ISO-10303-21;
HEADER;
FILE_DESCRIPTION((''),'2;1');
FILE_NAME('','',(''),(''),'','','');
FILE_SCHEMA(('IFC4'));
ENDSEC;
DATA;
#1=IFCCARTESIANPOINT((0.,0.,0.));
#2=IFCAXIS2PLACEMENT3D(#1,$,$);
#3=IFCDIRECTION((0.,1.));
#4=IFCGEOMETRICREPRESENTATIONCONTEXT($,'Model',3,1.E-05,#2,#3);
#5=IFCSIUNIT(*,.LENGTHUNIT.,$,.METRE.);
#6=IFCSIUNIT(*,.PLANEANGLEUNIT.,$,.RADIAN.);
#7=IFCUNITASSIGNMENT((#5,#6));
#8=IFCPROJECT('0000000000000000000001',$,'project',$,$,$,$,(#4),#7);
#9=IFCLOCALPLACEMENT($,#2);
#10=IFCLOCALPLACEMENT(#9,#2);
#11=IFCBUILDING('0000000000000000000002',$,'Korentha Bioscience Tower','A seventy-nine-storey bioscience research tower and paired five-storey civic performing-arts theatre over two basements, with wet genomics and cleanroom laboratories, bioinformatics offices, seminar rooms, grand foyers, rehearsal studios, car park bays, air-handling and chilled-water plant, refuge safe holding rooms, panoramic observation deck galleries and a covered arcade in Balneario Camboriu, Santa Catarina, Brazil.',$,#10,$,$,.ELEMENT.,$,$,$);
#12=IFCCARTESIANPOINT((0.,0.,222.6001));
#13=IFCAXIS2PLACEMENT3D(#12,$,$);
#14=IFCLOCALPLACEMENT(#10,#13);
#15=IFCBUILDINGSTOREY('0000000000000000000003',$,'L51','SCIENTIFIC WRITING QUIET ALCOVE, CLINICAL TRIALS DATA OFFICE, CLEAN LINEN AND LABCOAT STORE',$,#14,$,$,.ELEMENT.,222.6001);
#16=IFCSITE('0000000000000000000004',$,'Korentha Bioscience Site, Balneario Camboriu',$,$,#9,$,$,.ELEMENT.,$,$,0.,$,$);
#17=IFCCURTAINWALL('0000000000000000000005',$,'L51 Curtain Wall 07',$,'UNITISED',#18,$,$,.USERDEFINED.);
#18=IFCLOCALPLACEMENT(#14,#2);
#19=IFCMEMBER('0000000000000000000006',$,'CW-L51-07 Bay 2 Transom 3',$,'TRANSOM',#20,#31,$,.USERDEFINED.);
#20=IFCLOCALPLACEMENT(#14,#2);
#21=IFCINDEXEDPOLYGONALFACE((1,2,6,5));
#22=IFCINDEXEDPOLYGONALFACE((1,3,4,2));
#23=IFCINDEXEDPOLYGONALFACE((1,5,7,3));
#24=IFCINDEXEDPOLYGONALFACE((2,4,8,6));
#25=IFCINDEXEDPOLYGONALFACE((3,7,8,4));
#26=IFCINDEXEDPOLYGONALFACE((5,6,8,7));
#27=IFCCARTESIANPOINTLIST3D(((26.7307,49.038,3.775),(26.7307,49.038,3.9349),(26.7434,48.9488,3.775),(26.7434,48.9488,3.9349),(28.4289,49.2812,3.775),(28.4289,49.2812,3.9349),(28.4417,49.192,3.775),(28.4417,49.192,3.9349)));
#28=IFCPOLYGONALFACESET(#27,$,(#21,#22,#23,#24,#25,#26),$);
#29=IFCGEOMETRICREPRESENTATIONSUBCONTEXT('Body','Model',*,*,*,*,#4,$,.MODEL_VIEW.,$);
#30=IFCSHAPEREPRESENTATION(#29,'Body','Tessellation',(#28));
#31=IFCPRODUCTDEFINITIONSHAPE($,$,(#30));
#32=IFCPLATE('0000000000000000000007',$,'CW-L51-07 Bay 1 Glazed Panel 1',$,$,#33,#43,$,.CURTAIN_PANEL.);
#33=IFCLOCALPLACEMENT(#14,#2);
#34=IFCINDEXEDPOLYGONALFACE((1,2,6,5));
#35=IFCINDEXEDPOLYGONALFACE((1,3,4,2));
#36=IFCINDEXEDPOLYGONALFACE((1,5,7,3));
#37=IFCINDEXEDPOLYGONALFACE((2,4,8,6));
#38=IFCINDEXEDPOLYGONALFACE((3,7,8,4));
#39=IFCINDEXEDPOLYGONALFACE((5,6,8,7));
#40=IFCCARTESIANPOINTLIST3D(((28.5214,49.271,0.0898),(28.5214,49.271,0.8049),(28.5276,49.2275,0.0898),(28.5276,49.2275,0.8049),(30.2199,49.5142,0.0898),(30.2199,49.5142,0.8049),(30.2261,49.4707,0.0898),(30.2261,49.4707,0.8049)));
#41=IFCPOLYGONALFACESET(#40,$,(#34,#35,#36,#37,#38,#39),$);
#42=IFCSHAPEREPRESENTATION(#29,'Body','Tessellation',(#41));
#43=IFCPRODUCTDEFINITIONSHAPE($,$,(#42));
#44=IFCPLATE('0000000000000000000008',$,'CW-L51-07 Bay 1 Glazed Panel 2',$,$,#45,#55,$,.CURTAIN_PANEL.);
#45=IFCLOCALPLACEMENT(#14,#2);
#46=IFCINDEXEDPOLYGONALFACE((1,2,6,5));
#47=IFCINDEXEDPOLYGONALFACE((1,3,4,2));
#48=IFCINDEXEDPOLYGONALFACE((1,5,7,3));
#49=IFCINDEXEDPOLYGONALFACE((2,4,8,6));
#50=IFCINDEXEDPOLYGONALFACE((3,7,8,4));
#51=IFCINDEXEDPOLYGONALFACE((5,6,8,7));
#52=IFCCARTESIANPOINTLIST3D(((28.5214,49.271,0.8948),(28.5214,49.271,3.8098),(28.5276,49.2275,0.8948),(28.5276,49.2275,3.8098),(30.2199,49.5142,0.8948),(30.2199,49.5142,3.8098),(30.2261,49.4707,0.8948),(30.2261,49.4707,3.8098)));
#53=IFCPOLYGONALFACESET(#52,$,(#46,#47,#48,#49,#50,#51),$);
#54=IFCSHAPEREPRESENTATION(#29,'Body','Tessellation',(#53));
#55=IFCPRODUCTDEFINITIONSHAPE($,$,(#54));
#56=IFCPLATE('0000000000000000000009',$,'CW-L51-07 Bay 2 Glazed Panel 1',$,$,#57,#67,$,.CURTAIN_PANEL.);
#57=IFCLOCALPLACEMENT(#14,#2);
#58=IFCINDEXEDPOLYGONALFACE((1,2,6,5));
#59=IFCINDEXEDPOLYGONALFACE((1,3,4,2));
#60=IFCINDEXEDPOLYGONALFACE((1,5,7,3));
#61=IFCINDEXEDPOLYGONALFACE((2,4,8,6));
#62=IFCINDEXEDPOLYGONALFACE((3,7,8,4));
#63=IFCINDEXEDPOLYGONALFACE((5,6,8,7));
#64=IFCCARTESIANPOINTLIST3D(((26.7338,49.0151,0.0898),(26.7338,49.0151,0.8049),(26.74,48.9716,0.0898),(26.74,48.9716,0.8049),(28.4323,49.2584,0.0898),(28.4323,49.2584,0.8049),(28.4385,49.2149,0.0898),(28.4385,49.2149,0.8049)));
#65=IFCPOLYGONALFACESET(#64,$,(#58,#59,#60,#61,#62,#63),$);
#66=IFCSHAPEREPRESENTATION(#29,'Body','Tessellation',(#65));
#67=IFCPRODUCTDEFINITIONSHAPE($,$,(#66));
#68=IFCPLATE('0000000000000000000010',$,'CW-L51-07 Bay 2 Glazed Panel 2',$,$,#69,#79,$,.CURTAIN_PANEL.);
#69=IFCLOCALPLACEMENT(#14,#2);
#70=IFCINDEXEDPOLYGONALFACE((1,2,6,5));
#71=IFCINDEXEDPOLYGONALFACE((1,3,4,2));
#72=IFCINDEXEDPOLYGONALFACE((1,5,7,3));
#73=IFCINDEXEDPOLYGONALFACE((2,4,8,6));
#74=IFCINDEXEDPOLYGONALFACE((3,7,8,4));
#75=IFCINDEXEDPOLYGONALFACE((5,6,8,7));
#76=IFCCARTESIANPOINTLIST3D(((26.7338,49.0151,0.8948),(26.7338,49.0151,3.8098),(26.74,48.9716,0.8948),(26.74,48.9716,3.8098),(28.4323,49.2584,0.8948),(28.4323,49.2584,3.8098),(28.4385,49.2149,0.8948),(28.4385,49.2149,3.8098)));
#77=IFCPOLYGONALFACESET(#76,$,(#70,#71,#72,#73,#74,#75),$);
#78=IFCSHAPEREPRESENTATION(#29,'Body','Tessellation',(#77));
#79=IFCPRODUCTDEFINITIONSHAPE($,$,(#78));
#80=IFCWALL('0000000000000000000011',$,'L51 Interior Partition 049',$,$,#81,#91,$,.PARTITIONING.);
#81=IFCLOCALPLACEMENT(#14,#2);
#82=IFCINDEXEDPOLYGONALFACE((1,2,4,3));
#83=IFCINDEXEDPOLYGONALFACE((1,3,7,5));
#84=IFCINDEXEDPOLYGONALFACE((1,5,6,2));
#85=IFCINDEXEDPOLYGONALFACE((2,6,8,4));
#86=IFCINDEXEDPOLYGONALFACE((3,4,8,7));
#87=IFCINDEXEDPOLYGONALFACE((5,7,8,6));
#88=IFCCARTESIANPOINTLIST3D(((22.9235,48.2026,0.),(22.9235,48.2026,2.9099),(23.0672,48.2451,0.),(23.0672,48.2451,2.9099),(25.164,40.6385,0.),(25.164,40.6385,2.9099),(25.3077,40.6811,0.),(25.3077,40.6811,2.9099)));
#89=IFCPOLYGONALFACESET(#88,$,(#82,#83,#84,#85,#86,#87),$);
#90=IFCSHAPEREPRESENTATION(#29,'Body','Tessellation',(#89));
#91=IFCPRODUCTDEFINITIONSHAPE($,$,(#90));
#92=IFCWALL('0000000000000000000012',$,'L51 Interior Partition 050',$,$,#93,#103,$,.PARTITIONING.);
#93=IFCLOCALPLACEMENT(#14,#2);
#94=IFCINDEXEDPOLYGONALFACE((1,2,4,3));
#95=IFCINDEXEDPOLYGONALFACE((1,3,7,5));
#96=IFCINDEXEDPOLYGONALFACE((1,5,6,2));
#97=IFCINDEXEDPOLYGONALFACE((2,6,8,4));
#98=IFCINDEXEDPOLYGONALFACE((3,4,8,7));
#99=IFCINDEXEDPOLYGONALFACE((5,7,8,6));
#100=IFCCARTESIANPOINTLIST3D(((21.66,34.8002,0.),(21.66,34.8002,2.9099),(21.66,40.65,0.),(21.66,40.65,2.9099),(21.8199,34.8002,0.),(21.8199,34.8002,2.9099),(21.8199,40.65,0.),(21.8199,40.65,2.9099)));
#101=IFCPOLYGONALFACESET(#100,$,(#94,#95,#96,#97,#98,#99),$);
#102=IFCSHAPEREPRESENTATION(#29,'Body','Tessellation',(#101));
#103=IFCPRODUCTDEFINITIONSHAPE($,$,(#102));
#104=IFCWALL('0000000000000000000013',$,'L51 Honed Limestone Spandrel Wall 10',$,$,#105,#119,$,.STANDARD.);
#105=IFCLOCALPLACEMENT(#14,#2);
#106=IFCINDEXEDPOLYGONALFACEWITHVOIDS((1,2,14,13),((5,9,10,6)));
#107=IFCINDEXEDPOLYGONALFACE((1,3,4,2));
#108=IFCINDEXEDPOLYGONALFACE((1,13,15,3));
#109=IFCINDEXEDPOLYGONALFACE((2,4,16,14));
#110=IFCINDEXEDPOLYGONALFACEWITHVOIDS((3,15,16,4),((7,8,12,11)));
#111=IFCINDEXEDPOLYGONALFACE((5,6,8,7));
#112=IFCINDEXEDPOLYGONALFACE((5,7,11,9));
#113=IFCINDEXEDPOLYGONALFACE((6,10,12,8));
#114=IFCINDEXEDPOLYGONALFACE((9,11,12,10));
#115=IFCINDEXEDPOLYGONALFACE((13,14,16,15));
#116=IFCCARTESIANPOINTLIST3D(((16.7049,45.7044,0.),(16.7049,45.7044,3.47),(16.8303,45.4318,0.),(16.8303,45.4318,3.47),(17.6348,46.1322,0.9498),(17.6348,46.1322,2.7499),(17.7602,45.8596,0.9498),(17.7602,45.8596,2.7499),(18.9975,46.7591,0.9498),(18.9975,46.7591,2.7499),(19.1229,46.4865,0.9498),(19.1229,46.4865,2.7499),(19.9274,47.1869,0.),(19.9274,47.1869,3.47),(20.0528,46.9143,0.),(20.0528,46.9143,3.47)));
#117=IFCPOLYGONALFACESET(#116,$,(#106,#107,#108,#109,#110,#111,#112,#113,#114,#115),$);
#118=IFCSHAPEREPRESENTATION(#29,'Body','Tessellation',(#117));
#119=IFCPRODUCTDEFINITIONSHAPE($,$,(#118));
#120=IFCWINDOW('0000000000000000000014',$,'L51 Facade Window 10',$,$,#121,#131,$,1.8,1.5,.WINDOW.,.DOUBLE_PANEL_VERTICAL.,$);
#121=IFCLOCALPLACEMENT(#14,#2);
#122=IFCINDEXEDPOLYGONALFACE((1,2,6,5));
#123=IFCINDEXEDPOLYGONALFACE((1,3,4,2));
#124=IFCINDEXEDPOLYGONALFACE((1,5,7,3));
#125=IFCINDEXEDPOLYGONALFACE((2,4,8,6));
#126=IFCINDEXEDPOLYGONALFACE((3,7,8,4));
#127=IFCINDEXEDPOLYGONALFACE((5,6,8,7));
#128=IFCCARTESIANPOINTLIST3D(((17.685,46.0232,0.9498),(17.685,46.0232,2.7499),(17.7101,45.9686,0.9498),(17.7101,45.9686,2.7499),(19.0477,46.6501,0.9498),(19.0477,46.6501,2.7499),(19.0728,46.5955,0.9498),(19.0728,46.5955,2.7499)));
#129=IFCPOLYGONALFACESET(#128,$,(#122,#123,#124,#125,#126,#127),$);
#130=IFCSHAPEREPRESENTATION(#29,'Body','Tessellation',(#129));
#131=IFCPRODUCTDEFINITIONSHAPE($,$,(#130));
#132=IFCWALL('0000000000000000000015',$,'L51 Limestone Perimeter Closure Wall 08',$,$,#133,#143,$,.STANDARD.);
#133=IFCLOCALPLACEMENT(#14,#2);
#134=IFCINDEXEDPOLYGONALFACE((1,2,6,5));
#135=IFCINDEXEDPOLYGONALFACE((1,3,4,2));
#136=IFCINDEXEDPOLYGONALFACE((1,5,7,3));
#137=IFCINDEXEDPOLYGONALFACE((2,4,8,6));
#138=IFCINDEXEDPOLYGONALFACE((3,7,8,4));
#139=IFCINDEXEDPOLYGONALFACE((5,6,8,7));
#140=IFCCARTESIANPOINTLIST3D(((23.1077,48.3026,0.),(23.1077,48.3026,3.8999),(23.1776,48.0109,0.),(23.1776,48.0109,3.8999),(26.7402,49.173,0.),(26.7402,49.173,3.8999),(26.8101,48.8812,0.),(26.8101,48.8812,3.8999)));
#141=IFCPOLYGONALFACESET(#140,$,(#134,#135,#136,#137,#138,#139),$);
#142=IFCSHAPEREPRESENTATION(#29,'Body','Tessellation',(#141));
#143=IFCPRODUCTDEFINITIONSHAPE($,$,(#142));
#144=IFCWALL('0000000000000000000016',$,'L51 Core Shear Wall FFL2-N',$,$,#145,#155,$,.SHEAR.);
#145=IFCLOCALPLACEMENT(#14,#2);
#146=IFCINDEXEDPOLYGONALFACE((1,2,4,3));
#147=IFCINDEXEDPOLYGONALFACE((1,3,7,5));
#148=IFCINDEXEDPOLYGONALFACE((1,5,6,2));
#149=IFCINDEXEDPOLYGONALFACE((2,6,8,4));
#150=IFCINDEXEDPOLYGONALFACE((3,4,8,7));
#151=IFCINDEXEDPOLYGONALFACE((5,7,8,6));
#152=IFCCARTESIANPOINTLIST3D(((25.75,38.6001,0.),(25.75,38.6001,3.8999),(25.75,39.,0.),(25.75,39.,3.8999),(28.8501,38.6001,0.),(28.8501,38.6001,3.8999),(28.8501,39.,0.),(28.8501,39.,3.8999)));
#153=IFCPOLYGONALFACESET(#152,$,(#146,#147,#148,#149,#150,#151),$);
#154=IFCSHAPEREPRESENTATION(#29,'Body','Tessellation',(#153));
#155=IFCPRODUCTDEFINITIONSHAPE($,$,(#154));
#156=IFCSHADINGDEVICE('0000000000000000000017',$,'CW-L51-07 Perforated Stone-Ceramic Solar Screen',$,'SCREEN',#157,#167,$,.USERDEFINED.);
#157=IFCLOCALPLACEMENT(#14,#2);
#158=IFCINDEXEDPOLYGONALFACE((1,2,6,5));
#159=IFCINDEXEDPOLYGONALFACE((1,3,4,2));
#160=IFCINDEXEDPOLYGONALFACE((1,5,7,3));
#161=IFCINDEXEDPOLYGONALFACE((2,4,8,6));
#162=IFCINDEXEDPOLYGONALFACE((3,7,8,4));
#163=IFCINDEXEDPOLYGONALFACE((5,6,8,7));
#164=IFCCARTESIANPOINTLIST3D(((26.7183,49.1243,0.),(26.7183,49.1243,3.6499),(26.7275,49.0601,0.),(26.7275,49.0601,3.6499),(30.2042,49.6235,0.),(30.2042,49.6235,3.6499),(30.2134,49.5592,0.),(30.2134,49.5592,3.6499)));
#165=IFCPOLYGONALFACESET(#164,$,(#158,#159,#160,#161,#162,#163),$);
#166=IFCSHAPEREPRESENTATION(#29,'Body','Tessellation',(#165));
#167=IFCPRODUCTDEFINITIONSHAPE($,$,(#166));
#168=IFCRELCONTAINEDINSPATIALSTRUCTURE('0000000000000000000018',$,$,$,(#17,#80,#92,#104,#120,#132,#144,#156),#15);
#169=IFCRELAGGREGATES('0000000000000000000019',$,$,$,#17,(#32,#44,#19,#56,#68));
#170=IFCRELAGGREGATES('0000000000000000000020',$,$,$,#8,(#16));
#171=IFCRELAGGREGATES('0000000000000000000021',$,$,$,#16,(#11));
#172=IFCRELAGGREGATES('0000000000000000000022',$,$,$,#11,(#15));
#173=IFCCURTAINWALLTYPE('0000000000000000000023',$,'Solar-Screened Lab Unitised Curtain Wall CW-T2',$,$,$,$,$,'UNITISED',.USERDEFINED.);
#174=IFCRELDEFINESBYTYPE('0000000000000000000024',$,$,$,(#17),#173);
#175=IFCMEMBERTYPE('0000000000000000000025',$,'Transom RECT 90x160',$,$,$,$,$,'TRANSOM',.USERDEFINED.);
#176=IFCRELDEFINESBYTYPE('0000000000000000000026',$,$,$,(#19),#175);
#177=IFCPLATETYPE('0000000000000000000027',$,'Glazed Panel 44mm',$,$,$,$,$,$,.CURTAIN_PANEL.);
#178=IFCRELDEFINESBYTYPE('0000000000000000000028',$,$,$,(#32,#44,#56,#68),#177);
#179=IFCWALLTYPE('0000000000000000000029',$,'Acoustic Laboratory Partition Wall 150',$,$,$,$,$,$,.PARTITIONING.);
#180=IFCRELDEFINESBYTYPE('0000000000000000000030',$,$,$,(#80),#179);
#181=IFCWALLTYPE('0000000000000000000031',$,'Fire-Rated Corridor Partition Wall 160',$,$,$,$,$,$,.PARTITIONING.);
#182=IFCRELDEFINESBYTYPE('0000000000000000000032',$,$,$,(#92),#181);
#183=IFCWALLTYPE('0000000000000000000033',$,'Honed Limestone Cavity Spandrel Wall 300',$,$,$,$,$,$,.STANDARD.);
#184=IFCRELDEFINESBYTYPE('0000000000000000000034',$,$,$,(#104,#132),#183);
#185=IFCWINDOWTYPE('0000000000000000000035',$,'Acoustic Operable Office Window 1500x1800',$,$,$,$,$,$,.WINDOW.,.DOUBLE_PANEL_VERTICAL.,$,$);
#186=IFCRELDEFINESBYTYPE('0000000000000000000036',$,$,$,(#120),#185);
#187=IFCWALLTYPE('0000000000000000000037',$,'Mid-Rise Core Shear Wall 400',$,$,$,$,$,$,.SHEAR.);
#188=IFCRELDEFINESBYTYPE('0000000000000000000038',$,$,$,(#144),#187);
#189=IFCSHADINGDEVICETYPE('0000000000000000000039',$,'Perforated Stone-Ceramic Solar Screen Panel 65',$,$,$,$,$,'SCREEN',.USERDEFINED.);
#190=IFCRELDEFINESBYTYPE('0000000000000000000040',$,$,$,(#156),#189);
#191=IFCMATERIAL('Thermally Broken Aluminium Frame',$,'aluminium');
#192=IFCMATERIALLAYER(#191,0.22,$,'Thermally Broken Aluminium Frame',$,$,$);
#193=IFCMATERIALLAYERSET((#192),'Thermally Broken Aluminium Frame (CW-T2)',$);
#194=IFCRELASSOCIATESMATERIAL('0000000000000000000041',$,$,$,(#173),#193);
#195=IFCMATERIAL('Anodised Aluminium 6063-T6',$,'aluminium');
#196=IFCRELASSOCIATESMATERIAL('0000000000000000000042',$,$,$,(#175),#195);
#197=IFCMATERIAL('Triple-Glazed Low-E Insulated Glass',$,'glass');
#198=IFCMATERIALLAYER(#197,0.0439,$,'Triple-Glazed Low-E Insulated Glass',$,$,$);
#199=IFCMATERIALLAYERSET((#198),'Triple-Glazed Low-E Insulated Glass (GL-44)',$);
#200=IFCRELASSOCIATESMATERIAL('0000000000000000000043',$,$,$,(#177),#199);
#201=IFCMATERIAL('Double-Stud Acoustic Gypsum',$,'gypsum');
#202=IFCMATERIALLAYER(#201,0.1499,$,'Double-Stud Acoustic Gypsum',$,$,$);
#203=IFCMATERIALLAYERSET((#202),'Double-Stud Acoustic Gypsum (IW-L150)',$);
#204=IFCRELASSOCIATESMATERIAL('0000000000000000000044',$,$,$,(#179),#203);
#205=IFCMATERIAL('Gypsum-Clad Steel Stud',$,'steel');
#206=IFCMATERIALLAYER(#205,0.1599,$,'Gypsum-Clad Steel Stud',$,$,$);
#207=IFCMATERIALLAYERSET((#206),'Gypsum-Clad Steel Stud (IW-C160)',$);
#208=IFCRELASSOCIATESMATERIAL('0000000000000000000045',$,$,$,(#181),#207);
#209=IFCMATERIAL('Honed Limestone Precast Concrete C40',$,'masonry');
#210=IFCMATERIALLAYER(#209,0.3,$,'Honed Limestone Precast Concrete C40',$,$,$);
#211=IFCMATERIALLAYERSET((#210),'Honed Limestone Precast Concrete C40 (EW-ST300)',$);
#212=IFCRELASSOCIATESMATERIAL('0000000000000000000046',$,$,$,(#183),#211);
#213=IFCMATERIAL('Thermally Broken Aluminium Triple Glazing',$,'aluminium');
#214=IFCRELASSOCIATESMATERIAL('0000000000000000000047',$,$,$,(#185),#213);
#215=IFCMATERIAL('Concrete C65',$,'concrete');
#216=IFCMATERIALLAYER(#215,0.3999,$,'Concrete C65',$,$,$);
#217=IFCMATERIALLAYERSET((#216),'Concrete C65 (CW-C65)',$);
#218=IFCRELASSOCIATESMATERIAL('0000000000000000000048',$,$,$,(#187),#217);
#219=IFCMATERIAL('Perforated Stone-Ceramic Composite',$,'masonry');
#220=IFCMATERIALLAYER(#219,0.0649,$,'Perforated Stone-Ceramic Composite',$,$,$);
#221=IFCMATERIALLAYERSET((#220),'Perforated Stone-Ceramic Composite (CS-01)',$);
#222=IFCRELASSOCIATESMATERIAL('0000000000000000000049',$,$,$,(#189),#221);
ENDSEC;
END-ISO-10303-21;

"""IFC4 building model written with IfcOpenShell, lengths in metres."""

from ifc_helpers import new_model, si_unit, direction, frame, frame_2d, origin, origin_2d, place, context, subcontext, project, spatial, rectangle, extrude, material, layer, layer_set, material_profile, profile_set, type_object, element, fill, aggregate, save


model = new_model("IFC4")

# Units and contexts
model_context = context("Model", 3, precision=1e-05, world=origin(), true_north=direction((0.0, 1.0)))
body_context = subcontext(model_context, "Body", "Model", "MODEL_VIEW")
ifc_project = project(units=[si_unit("LENGTHUNIT", "METRE"), si_unit("PLANEANGLEUNIT", "RADIAN")], contexts=[model_context])

# Site, building, storey
site_placement = place(None, origin())
site = spatial("IfcSite", under=ifc_project, at=site_placement, Name="Korentha Bioscience Site, Balneario Camboriu", CompositionType="ELEMENT", RefElevation=0.0)
building_placement = place(site_placement, origin())
building = spatial("IfcBuilding", under=site, at=building_placement, Name="Korentha Bioscience Tower", Description="A seventy-nine-storey bioscience research tower and paired five-storey civic performing-arts theatre over two basements, with wet genomics and cleanroom laboratories, bioinformatics offices, seminar rooms, grand foyers, rehearsal studios, car park bays, air-handling and chilled-water plant, refuge safe holding rooms, panoramic observation deck galleries and a covered arcade in Balneario Camboriu, Santa Catarina, Brazil.", CompositionType="ELEMENT")
storey_placement = place(building_placement, frame((0.0, 0.0, 222.6001)))
storey = spatial("IfcBuildingStorey", under=building, at=storey_placement, Name="L51", Description="SCIENTIFIC WRITING QUIET ALCOVE, CLINICAL TRIALS DATA OFFICE, CLEAN LINEN AND LABCOAT STORE", CompositionType="ELEMENT", Elevation=222.6001)

# Shared definitions
ifc_material_1 = material(Name="Concrete C65", Category="concrete")

# Curtain wall
ifc_material_2 = material(Name="Thermally Broken Aluminium Frame", Category="aluminium")
ifc_layer_1 = layer(ifc_material_2, 0.22, Name="Thermally Broken Aluminium Frame")
ifc_layer_set_1 = layer_set([ifc_layer_1], Name="Thermally Broken Aluminium Frame (CW-T2)")
curtain_wall_type = type_object("IfcCurtainWallType", Name="Solar-Screened Lab Unitised Curtain Wall CW-T2", ElementType="UNITISED", PredefinedType="USERDEFINED", material=ifc_layer_set_1)
curtain_wall_placement = place(storey_placement, origin())
curtain_wall = element("IfcCurtainWall", 1, at=curtain_wall_placement, inside=storey, type_object=curtain_wall_type, Name="L51 Curtain Wall 07", ObjectType="UNITISED", PredefinedType="USERDEFINED")
ifc_material_3 = material(Name="Anodised Aluminium 6063-T6", Category="aluminium")

# Member
ifc_material_profile_1 = material_profile(ifc_material_3, rectangle(XDim=0.0901, YDim=0.1599, at=origin_2d()), Name="Anodised Aluminium 6063-T6")
ifc_profile_set_1 = profile_set([ifc_material_profile_1], Name="Anodised Aluminium 6063-T6 (CW-TRN)")
member_type_1 = type_object("IfcMemberType", Name="Transom RECT 90x160", ElementType="TRANSOM", PredefinedType="USERDEFINED", material=ifc_profile_set_1)
member_1_placement = place(storey_placement, frame((28.4353, 49.2366, 3.855), z_axis=(-0.989904, -0.14174, 0.0), x_axis=(0.14174, -0.989904, 0.0)))
member_1 = element("IfcMember", 2, at=member_1_placement, type_object=member_type_1, Name="CW-L51-07 Bay 2 Transom 3", ObjectType="TRANSOM", PredefinedType="USERDEFINED", context=body_context, shape_type="SweptSolid", body=[
    extrude(rectangle(XDim=0.0901, YDim=0.1599, at=origin_2d()), origin(), (0.0, 0.0, 1.0), 1.7156),
])

# Plates
ifc_material_4 = material(Name="Triple-Glazed Low-E Insulated Glass", Category="glass")
ifc_layer_2 = layer(ifc_material_4, 0.0439, Name="Triple-Glazed Low-E Insulated Glass")
ifc_layer_set_2 = layer_set([ifc_layer_2], Name="Triple-Glazed Low-E Insulated Glass (GL-44)")
plate_type = type_object("IfcPlateType", Name="Glazed Panel 44mm", PredefinedType="CURTAIN_PANEL", material=ifc_layer_set_2)
plate_1_placement = place(storey_placement, frame((29.3738, 49.3708, 0.0898), z_axis=(0.0, 0.0, 1.0), x_axis=(-0.989902, -0.141754, 0.0)))
plate_1 = element("IfcPlate", 3, at=plate_1_placement, type_object=plate_type, Name="CW-L51-07 Bay 1 Glazed Panel 1", PredefinedType="CURTAIN_PANEL", context=body_context, shape_type="SweptSolid", body=[
    extrude(rectangle(XDim=1.7158, YDim=0.0439, at=origin_2d()), origin(), (0.0, 0.0, 1.0), 0.7151),
])
plate_2_placement = place(storey_placement, frame((29.3738, 49.3708, 0.8948), z_axis=(0.0, 0.0, 1.0), x_axis=(-0.989902, -0.141754, 0.0)))
plate_2 = element("IfcPlate", 4, at=plate_2_placement, type_object=plate_type, Name="CW-L51-07 Bay 1 Glazed Panel 2", PredefinedType="CURTAIN_PANEL", context=body_context, shape_type="SweptSolid", body=[
    extrude(rectangle(XDim=1.7158, YDim=0.0439, at=origin_2d()), origin(), (0.0, 0.0, 1.0), 2.915),
])
plate_3_placement = place(storey_placement, frame((27.5862, 49.115, 0.0898), z_axis=(0.0, 0.0, 1.0), x_axis=(-0.989902, -0.141754, 0.0)))
plate_3 = element("IfcPlate", 5, at=plate_3_placement, type_object=plate_type, Name="CW-L51-07 Bay 2 Glazed Panel 1", PredefinedType="CURTAIN_PANEL", context=body_context, shape_type="SweptSolid", body=[
    extrude(rectangle(XDim=1.7158, YDim=0.0439, at=origin_2d()), origin(), (0.0, 0.0, 1.0), 0.7151),
])
plate_4_placement = place(storey_placement, frame((27.5862, 49.115, 0.8948), z_axis=(0.0, 0.0, 1.0), x_axis=(-0.989902, -0.141754, 0.0)))
plate_4 = element("IfcPlate", 6, at=plate_4_placement, type_object=plate_type, Name="CW-L51-07 Bay 2 Glazed Panel 2", PredefinedType="CURTAIN_PANEL", context=body_context, shape_type="SweptSolid", body=[
    extrude(rectangle(XDim=1.7158, YDim=0.0439, at=origin_2d()), origin(), (0.0, 0.0, 1.0), 2.915),
])
aggregate(curtain_wall, [plate_1, plate_2, member_1, plate_3, plate_4])

# Wall
ifc_material_5 = material(Name="Double-Stud Acoustic Gypsum", Category="gypsum")
ifc_layer_3 = layer(ifc_material_5, 0.1499, Name="Double-Stud Acoustic Gypsum")
ifc_layer_set_3 = layer_set([ifc_layer_3], Name="Double-Stud Acoustic Gypsum (IW-L150)")
wall_type_1 = type_object("IfcWallType", Name="Acoustic Laboratory Partition Wall 150", PredefinedType="PARTITIONING", material=ifc_layer_set_3)
wall_1_placement = place(storey_placement, frame((25.2358, 40.6599, 0.0), z_axis=(0.0, 0.0, 1.0), x_axis=(-0.284007, 0.958822, 0.0)))
element("IfcWall", 7, at=wall_1_placement, inside=storey, type_object=wall_type_1, Name="L51 Interior Partition 049", PredefinedType="PARTITIONING", context=body_context, shape_type="SweptSolid", body=[
    extrude(rectangle(XDim=7.8889, YDim=0.1499, at=frame_2d((3.9443, 0.0))), origin(), (0.0, 0.0, 1.0), 2.9099),
])

# Shared definitions
ifc_material_6 = material(Name="Gypsum-Clad Steel Stud", Category="steel")
ifc_layer_4 = layer(ifc_material_6, 0.1599, Name="Gypsum-Clad Steel Stud")
ifc_layer_set_4 = layer_set([ifc_layer_4], Name="Gypsum-Clad Steel Stud (IW-C160)")
wall_type_2 = type_object("IfcWallType", Name="Fire-Rated Corridor Partition Wall 160", PredefinedType="PARTITIONING", material=ifc_layer_set_4)

# Wall
wall_2_placement = place(storey_placement, frame((21.74, 40.6499, 0.0), z_axis=(0.0, 0.0, 1.0), x_axis=(0.0, -1.0, 0.0)))
element("IfcWall", 8, at=wall_2_placement, inside=storey, type_object=wall_type_2, Name="L51 Interior Partition 050", PredefinedType="PARTITIONING", context=body_context, shape_type="SweptSolid", body=[
    extrude(rectangle(XDim=5.8499, YDim=0.1599, at=frame_2d((2.9248, 0.0))), origin(), (0.0, 0.0, 1.0), 2.9099),
])

# Shared definitions
ifc_material_7 = material(Name="Honed Limestone Precast Concrete C40", Category="masonry")
ifc_layer_5 = layer(ifc_material_7, 0.3, Name="Honed Limestone Precast Concrete C40")
ifc_layer_set_5 = layer_set([ifc_layer_5], Name="Honed Limestone Precast Concrete C40 (EW-ST300)")
wall_type_3 = type_object("IfcWallType", Name="Honed Limestone Cavity Spandrel Wall 300", PredefinedType="STANDARD", material=ifc_layer_set_5)

# Wall, opening, window
wall_3_placement = place(storey_placement, frame((19.99, 47.0505, 0.0), z_axis=(0.0, 0.0, 1.0), x_axis=(-0.908478, -0.417932, 0.0)))
wall_3 = element("IfcWall", 9, at=wall_3_placement, inside=storey, type_object=wall_type_3, Name="L51 Honed Limestone Spandrel Wall 10", PredefinedType="STANDARD", context=body_context, shape_type="SweptSolid", body=[
    extrude(rectangle(XDim=3.5471, YDim=0.3, at=frame_2d((1.7734, 0.0))), origin(), (0.0, 0.0, 1.0), 3.47),
])
opening_1_placement = place(wall_3_placement, frame((1.0234, 0.0, 0.95)))
opening_1 = element("IfcOpeningElement", 10, at=opening_1_placement, cuts=wall_3, PredefinedType="OPENING", context=body_context, shape_type="SweptSolid", body=[
    extrude(rectangle(XDim=1.5, YDim=1.8, at=frame_2d((0.75, 0.8999))), frame((0.0, 0.165, 0.0), z_axis=(0.0, -1.0, 0.0), x_axis=(1.0, 0.0, 0.0)), (0.0, 0.0, 1.0), 0.3298),
])
ifc_material_8 = material(Name="Thermally Broken Aluminium Triple Glazing", Category="aluminium")
window_type = type_object("IfcWindowType", Name="Acoustic Operable Office Window 1500x1800", PartitioningType="DOUBLE_PANEL_VERTICAL", PredefinedType="WINDOW", material=ifc_material_8)
window_placement = place(opening_1_placement, origin())
window = element("IfcWindow", 11, at=window_placement, inside=storey, type_object=window_type, Name="L51 Facade Window 10", OverallHeight=1.8, OverallWidth=1.5, PartitioningType="DOUBLE_PANEL_VERTICAL", PredefinedType="WINDOW", context=body_context, shape_type="SweptSolid", body=[
    extrude(rectangle(XDim=1.5, YDim=1.8, at=frame_2d((0.75, 0.8999))), frame((0.0, 0.03, 0.0), z_axis=(0.0, -1.0, 0.0), x_axis=(1.0, 0.0, 0.0)), (0.0, 0.0, 1.0), 0.0601),
])
fill(opening_1, window)

# Walls
wall_4_placement = place(storey_placement, frame((26.7751, 49.0271, 0.0), z_axis=(0.0, 0.0, 1.0), x_axis=(-0.972476, -0.233005, 0.0)))
element("IfcWall", 12, at=wall_4_placement, inside=storey, type_object=wall_type_3, Name="L51 Limestone Perimeter Closure Wall 08", PredefinedType="STANDARD", context=body_context, shape_type="SweptSolid", body=[
    extrude(rectangle(XDim=3.7354, YDim=0.3, at=frame_2d((1.8677, 0.0))), origin(), (0.0, 0.0, 1.0), 3.8999),
])
ifc_layer_6 = layer(ifc_material_1, 0.3999, Name="Concrete C65")
ifc_layer_set_6 = layer_set([ifc_layer_6], Name="Concrete C65 (CW-C65)")
wall_type_4 = type_object("IfcWallType", Name="Mid-Rise Core Shear Wall 400", PredefinedType="SHEAR", material=ifc_layer_set_6)
wall_5_placement = place(storey_placement, frame((25.75, 38.8, 0.0), z_axis=(0.0, 0.0, 1.0), x_axis=(1.0, 0.0, 0.0)))
element("IfcWall", 13, at=wall_5_placement, inside=storey, type_object=wall_type_4, Name="L51 Core Shear Wall FFL2-N", PredefinedType="SHEAR", context=body_context, shape_type="SweptSolid", body=[
    extrude(rectangle(XDim=3.1001, YDim=0.3999, at=frame_2d((1.55, 0.0))), origin(), (0.0, 0.0, 1.0), 3.8999),
])

# Shading device
ifc_material_9 = material(Name="Perforated Stone-Ceramic Composite", Category="masonry")
ifc_layer_7 = layer(ifc_material_9, 0.0649, Name="Perforated Stone-Ceramic Composite")
ifc_layer_set_7 = layer_set([ifc_layer_7], Name="Perforated Stone-Ceramic Composite (CS-01)")
shading_device_type_1 = type_object("IfcShadingDeviceType", Name="Perforated Stone-Ceramic Solar Screen Panel 65", ElementType="SCREEN", PredefinedType="USERDEFINED", material=ifc_layer_set_7)
shading_device_1_placement = place(storey_placement, frame((28.4658, 49.3418, 0.0), z_axis=(0.0, 0.0, 1.0), x_axis=(-0.989902, -0.141754, 0.0)))
element("IfcShadingDevice", 14, at=shading_device_1_placement, inside=storey, type_object=shading_device_type_1, Name="CW-L51-07 Perforated Stone-Ceramic Solar Screen", ObjectType="SCREEN", PredefinedType="USERDEFINED", context=body_context, shape_type="SweptSolid", body=[
    extrude(rectangle(XDim=3.5215, YDim=0.0649, at=origin_2d()), origin(), (0.0, 0.0, 1.0), 3.6499),
])

save(model, "model.ifc")
